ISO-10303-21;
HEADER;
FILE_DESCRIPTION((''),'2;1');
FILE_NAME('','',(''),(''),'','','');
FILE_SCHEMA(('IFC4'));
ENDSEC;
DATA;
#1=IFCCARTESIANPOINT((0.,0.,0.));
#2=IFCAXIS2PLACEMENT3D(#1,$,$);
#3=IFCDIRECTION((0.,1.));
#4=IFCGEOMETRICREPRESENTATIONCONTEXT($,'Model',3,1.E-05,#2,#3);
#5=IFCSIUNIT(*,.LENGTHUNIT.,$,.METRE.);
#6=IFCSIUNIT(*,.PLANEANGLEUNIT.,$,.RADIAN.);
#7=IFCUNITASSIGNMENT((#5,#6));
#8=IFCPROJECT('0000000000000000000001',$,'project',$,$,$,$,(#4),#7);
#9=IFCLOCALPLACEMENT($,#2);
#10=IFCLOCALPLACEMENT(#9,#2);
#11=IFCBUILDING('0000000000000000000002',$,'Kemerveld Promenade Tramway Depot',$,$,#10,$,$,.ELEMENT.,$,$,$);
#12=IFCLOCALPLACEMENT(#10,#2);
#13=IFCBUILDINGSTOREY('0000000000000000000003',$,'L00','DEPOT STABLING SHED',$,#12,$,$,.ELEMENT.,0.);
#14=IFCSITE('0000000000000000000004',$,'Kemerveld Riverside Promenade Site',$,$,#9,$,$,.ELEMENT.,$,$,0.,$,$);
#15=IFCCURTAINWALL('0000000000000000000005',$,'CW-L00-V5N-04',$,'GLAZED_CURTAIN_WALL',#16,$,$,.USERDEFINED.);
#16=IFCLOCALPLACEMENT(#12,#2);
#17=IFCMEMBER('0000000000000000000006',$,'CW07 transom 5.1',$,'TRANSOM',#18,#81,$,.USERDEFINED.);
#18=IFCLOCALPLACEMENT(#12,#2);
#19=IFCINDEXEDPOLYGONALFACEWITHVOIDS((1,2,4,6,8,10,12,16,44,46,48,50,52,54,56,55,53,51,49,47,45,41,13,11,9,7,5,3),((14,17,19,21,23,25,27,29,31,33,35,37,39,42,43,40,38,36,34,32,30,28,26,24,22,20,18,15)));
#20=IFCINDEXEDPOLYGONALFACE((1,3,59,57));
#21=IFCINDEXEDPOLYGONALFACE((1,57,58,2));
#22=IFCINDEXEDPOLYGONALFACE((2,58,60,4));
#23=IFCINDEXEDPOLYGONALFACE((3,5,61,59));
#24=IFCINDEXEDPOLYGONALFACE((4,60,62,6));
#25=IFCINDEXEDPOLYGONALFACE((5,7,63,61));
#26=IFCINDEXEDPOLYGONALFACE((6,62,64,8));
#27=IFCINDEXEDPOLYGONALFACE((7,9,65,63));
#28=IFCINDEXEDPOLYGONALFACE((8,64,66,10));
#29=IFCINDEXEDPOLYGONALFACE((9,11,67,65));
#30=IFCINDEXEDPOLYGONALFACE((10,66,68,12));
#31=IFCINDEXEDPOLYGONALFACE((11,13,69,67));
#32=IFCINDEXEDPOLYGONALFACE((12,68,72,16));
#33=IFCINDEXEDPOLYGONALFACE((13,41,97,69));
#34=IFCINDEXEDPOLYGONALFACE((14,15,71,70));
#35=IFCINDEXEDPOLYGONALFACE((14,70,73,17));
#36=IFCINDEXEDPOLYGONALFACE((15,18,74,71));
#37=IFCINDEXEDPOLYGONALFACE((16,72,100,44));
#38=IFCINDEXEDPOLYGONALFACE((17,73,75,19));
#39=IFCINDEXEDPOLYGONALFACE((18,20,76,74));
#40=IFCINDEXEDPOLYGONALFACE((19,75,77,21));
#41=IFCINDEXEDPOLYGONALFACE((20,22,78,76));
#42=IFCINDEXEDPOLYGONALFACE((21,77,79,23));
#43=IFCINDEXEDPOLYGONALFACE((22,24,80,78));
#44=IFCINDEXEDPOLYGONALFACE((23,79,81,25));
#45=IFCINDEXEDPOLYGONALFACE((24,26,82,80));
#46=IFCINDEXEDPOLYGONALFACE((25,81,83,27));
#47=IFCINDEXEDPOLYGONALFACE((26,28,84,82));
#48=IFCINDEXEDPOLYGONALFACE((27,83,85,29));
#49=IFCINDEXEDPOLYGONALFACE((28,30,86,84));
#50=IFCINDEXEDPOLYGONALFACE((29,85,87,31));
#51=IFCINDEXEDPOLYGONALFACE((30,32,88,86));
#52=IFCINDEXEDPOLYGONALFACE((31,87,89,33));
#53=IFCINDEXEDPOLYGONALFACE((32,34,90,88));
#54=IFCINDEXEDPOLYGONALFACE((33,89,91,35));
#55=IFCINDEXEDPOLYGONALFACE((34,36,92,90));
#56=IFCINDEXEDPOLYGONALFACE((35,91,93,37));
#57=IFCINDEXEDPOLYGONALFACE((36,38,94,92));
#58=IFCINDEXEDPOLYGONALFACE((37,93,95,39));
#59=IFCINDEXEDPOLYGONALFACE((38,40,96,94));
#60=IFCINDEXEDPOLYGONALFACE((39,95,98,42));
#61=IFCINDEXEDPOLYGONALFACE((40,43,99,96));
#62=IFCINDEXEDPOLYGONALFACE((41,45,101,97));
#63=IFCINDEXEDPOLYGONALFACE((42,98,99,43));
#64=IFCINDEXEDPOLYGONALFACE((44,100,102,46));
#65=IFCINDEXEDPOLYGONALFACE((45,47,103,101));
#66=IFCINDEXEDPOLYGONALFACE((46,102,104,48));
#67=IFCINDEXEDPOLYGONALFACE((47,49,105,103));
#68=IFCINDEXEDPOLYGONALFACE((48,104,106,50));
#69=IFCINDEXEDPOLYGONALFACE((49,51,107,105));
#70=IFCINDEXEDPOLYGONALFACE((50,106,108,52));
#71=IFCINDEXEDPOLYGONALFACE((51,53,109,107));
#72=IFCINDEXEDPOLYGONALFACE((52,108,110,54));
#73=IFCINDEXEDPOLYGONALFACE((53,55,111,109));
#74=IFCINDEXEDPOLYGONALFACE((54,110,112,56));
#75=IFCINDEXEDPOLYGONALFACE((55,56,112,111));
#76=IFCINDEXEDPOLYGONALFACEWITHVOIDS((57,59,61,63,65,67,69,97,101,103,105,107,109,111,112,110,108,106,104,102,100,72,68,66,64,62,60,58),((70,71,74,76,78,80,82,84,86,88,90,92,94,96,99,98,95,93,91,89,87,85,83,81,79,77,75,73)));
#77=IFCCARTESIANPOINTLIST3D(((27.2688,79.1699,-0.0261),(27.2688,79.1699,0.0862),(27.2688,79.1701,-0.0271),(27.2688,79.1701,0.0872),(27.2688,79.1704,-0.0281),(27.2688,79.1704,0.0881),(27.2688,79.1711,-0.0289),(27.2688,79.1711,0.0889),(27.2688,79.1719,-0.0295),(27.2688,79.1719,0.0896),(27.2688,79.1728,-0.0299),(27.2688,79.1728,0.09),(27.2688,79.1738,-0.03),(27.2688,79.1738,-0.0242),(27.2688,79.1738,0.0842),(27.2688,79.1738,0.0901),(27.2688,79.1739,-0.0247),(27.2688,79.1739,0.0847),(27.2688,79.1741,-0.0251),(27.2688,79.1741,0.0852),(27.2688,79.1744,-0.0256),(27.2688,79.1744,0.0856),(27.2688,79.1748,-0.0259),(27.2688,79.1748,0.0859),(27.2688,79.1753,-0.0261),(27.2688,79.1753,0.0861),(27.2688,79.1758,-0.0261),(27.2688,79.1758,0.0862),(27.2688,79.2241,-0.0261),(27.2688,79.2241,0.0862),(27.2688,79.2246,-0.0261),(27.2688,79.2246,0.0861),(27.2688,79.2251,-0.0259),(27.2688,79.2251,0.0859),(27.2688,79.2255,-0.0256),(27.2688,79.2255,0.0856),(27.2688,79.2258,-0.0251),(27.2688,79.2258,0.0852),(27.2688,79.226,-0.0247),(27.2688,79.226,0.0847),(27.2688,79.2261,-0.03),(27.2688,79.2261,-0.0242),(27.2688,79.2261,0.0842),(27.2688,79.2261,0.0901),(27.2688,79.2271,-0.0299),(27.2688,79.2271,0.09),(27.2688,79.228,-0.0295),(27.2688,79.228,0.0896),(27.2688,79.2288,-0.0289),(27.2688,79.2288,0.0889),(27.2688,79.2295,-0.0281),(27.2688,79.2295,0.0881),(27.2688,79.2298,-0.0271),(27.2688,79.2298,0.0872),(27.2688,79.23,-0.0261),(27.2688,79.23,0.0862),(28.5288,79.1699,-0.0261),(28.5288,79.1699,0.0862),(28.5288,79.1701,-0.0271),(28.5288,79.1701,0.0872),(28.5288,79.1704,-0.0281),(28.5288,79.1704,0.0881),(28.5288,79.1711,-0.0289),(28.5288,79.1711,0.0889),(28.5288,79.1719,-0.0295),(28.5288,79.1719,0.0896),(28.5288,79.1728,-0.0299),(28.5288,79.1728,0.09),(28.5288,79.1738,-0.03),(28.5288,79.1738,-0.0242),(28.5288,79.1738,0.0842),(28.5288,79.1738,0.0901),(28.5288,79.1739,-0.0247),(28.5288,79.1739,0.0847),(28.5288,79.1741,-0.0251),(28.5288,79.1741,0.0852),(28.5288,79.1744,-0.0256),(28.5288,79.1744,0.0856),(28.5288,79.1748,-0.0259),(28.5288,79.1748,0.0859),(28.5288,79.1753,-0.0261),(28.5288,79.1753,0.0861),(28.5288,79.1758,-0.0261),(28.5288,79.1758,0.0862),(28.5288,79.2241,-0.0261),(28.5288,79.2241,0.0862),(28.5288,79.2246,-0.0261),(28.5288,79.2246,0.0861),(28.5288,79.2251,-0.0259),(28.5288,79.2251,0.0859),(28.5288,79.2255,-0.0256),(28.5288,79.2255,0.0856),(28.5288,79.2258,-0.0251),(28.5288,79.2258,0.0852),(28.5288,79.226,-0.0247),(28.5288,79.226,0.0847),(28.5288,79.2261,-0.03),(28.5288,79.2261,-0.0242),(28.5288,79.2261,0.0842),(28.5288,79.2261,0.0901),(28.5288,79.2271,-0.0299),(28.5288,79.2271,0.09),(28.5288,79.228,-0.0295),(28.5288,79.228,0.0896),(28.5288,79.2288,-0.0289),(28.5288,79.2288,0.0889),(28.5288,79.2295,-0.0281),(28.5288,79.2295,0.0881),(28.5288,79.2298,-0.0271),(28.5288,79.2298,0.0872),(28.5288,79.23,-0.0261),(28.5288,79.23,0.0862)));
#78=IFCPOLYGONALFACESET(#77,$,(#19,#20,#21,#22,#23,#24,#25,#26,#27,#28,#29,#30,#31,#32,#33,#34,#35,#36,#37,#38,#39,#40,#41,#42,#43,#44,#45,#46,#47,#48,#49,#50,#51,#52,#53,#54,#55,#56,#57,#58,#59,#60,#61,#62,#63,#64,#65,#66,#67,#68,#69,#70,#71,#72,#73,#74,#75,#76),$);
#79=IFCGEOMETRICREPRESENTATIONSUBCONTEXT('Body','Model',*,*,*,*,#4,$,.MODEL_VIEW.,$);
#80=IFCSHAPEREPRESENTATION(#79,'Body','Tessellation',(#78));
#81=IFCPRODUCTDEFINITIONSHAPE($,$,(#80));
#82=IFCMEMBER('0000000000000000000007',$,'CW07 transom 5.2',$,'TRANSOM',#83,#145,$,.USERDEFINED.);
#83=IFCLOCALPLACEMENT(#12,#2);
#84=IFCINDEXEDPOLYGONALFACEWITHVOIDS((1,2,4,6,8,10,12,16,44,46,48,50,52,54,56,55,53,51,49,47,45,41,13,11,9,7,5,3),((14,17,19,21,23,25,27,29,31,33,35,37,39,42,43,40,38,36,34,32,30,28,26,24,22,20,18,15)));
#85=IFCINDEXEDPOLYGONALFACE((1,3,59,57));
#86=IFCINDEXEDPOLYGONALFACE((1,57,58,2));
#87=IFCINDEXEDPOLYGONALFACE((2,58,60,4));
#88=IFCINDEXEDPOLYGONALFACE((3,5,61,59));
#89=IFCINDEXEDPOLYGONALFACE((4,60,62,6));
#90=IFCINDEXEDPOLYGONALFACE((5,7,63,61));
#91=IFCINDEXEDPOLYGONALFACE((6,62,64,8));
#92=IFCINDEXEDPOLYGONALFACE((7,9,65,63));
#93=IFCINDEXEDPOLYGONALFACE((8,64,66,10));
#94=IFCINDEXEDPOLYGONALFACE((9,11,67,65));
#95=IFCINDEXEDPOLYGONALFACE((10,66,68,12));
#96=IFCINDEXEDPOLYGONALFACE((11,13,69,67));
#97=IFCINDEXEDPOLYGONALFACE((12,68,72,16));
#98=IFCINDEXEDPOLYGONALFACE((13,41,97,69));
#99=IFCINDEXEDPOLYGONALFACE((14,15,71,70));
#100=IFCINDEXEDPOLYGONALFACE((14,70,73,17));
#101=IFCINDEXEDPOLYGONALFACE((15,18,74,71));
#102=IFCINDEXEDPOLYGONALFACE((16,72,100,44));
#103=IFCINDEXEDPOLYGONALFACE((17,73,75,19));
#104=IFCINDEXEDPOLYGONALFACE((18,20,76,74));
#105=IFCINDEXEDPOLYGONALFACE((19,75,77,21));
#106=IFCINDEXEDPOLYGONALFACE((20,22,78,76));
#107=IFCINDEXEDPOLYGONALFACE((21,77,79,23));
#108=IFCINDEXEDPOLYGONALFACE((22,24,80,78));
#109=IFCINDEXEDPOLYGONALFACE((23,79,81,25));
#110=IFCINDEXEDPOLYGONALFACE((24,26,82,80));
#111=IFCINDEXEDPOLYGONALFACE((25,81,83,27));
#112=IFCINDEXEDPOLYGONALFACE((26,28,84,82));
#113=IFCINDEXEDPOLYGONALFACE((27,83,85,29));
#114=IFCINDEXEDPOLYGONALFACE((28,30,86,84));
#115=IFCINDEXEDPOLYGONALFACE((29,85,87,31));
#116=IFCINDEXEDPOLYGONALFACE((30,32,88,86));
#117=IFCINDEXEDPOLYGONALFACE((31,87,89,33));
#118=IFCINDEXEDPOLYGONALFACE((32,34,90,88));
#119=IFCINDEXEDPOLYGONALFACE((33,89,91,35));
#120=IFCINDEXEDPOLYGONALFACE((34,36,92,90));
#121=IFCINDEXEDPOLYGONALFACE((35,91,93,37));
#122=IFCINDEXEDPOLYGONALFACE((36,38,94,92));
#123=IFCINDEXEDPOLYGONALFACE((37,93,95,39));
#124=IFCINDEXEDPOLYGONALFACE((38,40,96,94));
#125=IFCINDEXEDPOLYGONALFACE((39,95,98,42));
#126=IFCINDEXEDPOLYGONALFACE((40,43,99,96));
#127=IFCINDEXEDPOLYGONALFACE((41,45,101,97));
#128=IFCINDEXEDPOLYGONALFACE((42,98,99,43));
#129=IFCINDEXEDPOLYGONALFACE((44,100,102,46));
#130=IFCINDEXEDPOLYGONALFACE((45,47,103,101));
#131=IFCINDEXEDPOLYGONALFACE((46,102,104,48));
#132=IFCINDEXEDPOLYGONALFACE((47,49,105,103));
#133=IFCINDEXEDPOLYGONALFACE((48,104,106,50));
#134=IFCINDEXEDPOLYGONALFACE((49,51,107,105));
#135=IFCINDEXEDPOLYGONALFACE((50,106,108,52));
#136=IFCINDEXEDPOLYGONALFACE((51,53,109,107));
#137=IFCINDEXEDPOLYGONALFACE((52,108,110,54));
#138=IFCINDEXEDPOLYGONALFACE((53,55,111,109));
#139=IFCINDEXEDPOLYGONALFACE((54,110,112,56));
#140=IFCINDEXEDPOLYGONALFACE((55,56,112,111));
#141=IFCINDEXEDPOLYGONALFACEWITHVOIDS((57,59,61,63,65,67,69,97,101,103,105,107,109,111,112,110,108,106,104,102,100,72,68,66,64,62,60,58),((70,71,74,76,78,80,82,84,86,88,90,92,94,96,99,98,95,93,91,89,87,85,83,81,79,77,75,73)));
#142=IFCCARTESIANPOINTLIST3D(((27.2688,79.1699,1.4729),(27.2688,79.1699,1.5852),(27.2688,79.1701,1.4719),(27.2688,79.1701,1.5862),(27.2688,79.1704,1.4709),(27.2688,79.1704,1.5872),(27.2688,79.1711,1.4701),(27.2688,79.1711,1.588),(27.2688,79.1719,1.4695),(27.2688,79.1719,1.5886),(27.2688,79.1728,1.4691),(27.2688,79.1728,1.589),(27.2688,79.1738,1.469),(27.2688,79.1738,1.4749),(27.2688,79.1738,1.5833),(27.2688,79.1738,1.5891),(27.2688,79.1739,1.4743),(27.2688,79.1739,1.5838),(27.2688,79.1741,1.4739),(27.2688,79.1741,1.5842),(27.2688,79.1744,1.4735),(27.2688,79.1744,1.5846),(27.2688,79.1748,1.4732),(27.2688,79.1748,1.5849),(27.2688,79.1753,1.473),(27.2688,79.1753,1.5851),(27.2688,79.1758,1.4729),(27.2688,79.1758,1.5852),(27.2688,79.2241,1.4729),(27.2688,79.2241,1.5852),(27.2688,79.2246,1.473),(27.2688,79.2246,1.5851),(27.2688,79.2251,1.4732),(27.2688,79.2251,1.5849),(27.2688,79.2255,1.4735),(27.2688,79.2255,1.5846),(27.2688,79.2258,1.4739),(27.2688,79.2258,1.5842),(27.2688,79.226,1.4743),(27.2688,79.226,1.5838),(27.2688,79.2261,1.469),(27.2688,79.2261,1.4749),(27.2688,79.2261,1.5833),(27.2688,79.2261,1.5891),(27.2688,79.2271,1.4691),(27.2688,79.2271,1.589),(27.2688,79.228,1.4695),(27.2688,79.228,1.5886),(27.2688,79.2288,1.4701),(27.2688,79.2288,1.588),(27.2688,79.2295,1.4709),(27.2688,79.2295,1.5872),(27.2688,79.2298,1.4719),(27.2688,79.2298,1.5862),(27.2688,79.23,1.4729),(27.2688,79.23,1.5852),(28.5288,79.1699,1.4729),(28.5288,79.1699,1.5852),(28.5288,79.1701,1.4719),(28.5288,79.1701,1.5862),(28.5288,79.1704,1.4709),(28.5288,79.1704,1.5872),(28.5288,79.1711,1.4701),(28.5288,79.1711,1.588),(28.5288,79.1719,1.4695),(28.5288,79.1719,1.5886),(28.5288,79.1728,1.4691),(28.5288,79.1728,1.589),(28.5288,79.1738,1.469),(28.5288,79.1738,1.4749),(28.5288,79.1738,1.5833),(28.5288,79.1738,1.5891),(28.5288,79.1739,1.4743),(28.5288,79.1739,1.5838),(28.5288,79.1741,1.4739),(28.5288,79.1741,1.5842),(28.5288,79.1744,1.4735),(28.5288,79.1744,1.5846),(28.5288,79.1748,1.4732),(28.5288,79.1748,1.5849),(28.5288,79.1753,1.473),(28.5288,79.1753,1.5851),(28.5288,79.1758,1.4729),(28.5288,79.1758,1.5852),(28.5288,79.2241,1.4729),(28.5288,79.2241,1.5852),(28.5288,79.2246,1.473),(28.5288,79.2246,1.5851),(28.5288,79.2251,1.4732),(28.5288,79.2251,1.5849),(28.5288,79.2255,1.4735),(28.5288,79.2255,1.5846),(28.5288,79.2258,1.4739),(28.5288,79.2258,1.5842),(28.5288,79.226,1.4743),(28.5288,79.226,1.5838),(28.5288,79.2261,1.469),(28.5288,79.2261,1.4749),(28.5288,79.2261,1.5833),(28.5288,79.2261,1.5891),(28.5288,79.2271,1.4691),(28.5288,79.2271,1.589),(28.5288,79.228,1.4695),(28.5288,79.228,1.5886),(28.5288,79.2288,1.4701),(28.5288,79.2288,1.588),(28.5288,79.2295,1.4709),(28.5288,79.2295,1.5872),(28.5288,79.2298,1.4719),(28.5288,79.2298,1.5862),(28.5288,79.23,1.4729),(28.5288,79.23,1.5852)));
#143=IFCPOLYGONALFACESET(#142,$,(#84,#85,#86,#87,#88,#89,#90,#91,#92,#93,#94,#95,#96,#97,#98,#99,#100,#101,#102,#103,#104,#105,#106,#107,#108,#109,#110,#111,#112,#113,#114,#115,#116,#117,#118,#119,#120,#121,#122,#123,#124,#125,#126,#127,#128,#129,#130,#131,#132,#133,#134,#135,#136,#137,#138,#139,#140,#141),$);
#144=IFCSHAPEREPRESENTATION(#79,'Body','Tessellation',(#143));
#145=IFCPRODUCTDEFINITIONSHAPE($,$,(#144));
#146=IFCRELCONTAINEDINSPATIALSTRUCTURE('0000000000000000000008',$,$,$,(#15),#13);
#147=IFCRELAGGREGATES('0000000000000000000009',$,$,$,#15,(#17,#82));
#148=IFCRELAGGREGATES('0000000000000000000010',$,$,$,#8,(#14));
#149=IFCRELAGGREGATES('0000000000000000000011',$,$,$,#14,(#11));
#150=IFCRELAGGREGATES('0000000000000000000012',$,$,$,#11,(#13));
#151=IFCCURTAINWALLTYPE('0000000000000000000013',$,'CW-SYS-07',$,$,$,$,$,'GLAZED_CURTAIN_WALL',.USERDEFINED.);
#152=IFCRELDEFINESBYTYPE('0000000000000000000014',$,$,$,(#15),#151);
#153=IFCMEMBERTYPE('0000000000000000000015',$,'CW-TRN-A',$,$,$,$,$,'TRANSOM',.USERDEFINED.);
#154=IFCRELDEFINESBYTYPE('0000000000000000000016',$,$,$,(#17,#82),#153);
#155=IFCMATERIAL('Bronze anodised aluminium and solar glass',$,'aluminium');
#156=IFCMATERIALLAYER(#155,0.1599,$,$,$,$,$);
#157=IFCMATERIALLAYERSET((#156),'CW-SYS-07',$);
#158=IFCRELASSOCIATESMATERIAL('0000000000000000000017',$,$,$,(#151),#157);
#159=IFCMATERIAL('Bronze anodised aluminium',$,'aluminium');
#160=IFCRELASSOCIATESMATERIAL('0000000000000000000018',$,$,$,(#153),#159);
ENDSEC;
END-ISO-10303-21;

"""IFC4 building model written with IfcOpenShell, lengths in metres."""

from ifc_helpers import new_model, si_unit, direction, frame, origin, origin_2d, place, context, subcontext, project, spatial, hollow_rectangle, extrude, material, layer, layer_set, material_profile, profile_set, type_object, element, aggregate, save


model = new_model("IFC4")

# Units and contexts
model_context = context("Model", 3, precision=1e-05, world=origin(), true_north=direction((0.0, 1.0)))
body_context = subcontext(model_context, "Body", "Model", "MODEL_VIEW")
ifc_project = project(units=[si_unit("LENGTHUNIT", "METRE"), si_unit("PLANEANGLEUNIT", "RADIAN")], contexts=[model_context])

# Site, building, storey
site_placement = place(None, origin())
site = spatial("IfcSite", under=ifc_project, at=site_placement, Name="Kemerveld Riverside Promenade Site", CompositionType="ELEMENT", RefElevation=0.0)
building_placement = place(site_placement, origin())
building = spatial("IfcBuilding", under=site, at=building_placement, Name="Kemerveld Promenade Tramway Depot", CompositionType="ELEMENT")
storey_placement = place(building_placement, origin())
storey = spatial("IfcBuildingStorey", under=building, at=storey_placement, Name="L00", Description="DEPOT STABLING SHED", CompositionType="ELEMENT", Elevation=0.0)

# Curtain wall
ifc_material_1 = material(Name="Bronze anodised aluminium and solar glass", Category="aluminium")
ifc_layer_1 = layer(ifc_material_1, 0.1599)
ifc_layer_set_1 = layer_set([ifc_layer_1], Name="CW-SYS-07")
curtain_wall_type_1 = type_object("IfcCurtainWallType", Name="CW-SYS-07", ElementType="GLAZED_CURTAIN_WALL", PredefinedType="USERDEFINED", material=ifc_layer_set_1)
curtain_wall_1_placement = place(storey_placement, origin())
curtain_wall_1 = element("IfcCurtainWall", 1, at=curtain_wall_1_placement, inside=storey, type_object=curtain_wall_type_1, Name="CW-L00-V5N-04", ObjectType="GLAZED_CURTAIN_WALL", PredefinedType="USERDEFINED")
ifc_material_2 = material(Name="Bronze anodised aluminium", Category="aluminium")

# Members
ifc_material_profile_1 = material_profile(ifc_material_2, hollow_rectangle(XDim=0.0601, YDim=0.1201, WallThickness=0.0039, InnerFilletRadius=0.002, OuterFilletRadius=0.0039, at=origin_2d()), Name="CW-TRN-120x60")
ifc_profile_set_1 = profile_set([ifc_material_profile_1], Name="Bronze anodised aluminium")
member_type_1 = type_object("IfcMemberType", Name="CW-TRN-A", ElementType="TRANSOM", PredefinedType="USERDEFINED", material=ifc_profile_set_1)
member_1_placement = place(storey_placement, frame((27.2688, 79.2, 0.03), z_axis=(1.0, 0.0, 0.0), x_axis=(0.0, 1.0, 0.0)))
member_1 = element("IfcMember", 2, at=member_1_placement, type_object=member_type_1, Name="CW07 transom 5.1", ObjectType="TRANSOM", PredefinedType="USERDEFINED", context=body_context, shape_type="SweptSolid", body=[
    extrude(hollow_rectangle(XDim=0.0601, YDim=0.1201, WallThickness=0.0039, InnerFilletRadius=0.002, OuterFilletRadius=0.0039, at=origin_2d()), origin(), (0.0, 0.0, 1.0), 1.26),
])
member_2_placement = place(storey_placement, frame((27.2688, 79.2, 1.5291), z_axis=(1.0, 0.0, 0.0), x_axis=(0.0, 1.0, 0.0)))
member_2 = element("IfcMember", 3, at=member_2_placement, type_object=member_type_1, Name="CW07 transom 5.2", ObjectType="TRANSOM", PredefinedType="USERDEFINED", context=body_context, shape_type="SweptSolid", body=[
    extrude(hollow_rectangle(XDim=0.0601, YDim=0.1201, WallThickness=0.0039, InnerFilletRadius=0.002, OuterFilletRadius=0.0039, at=origin_2d()), origin(), (0.0, 0.0, 1.0), 1.26),
])

aggregate(curtain_wall_1, [member_1, member_2])

save(model, "model.ifc")
